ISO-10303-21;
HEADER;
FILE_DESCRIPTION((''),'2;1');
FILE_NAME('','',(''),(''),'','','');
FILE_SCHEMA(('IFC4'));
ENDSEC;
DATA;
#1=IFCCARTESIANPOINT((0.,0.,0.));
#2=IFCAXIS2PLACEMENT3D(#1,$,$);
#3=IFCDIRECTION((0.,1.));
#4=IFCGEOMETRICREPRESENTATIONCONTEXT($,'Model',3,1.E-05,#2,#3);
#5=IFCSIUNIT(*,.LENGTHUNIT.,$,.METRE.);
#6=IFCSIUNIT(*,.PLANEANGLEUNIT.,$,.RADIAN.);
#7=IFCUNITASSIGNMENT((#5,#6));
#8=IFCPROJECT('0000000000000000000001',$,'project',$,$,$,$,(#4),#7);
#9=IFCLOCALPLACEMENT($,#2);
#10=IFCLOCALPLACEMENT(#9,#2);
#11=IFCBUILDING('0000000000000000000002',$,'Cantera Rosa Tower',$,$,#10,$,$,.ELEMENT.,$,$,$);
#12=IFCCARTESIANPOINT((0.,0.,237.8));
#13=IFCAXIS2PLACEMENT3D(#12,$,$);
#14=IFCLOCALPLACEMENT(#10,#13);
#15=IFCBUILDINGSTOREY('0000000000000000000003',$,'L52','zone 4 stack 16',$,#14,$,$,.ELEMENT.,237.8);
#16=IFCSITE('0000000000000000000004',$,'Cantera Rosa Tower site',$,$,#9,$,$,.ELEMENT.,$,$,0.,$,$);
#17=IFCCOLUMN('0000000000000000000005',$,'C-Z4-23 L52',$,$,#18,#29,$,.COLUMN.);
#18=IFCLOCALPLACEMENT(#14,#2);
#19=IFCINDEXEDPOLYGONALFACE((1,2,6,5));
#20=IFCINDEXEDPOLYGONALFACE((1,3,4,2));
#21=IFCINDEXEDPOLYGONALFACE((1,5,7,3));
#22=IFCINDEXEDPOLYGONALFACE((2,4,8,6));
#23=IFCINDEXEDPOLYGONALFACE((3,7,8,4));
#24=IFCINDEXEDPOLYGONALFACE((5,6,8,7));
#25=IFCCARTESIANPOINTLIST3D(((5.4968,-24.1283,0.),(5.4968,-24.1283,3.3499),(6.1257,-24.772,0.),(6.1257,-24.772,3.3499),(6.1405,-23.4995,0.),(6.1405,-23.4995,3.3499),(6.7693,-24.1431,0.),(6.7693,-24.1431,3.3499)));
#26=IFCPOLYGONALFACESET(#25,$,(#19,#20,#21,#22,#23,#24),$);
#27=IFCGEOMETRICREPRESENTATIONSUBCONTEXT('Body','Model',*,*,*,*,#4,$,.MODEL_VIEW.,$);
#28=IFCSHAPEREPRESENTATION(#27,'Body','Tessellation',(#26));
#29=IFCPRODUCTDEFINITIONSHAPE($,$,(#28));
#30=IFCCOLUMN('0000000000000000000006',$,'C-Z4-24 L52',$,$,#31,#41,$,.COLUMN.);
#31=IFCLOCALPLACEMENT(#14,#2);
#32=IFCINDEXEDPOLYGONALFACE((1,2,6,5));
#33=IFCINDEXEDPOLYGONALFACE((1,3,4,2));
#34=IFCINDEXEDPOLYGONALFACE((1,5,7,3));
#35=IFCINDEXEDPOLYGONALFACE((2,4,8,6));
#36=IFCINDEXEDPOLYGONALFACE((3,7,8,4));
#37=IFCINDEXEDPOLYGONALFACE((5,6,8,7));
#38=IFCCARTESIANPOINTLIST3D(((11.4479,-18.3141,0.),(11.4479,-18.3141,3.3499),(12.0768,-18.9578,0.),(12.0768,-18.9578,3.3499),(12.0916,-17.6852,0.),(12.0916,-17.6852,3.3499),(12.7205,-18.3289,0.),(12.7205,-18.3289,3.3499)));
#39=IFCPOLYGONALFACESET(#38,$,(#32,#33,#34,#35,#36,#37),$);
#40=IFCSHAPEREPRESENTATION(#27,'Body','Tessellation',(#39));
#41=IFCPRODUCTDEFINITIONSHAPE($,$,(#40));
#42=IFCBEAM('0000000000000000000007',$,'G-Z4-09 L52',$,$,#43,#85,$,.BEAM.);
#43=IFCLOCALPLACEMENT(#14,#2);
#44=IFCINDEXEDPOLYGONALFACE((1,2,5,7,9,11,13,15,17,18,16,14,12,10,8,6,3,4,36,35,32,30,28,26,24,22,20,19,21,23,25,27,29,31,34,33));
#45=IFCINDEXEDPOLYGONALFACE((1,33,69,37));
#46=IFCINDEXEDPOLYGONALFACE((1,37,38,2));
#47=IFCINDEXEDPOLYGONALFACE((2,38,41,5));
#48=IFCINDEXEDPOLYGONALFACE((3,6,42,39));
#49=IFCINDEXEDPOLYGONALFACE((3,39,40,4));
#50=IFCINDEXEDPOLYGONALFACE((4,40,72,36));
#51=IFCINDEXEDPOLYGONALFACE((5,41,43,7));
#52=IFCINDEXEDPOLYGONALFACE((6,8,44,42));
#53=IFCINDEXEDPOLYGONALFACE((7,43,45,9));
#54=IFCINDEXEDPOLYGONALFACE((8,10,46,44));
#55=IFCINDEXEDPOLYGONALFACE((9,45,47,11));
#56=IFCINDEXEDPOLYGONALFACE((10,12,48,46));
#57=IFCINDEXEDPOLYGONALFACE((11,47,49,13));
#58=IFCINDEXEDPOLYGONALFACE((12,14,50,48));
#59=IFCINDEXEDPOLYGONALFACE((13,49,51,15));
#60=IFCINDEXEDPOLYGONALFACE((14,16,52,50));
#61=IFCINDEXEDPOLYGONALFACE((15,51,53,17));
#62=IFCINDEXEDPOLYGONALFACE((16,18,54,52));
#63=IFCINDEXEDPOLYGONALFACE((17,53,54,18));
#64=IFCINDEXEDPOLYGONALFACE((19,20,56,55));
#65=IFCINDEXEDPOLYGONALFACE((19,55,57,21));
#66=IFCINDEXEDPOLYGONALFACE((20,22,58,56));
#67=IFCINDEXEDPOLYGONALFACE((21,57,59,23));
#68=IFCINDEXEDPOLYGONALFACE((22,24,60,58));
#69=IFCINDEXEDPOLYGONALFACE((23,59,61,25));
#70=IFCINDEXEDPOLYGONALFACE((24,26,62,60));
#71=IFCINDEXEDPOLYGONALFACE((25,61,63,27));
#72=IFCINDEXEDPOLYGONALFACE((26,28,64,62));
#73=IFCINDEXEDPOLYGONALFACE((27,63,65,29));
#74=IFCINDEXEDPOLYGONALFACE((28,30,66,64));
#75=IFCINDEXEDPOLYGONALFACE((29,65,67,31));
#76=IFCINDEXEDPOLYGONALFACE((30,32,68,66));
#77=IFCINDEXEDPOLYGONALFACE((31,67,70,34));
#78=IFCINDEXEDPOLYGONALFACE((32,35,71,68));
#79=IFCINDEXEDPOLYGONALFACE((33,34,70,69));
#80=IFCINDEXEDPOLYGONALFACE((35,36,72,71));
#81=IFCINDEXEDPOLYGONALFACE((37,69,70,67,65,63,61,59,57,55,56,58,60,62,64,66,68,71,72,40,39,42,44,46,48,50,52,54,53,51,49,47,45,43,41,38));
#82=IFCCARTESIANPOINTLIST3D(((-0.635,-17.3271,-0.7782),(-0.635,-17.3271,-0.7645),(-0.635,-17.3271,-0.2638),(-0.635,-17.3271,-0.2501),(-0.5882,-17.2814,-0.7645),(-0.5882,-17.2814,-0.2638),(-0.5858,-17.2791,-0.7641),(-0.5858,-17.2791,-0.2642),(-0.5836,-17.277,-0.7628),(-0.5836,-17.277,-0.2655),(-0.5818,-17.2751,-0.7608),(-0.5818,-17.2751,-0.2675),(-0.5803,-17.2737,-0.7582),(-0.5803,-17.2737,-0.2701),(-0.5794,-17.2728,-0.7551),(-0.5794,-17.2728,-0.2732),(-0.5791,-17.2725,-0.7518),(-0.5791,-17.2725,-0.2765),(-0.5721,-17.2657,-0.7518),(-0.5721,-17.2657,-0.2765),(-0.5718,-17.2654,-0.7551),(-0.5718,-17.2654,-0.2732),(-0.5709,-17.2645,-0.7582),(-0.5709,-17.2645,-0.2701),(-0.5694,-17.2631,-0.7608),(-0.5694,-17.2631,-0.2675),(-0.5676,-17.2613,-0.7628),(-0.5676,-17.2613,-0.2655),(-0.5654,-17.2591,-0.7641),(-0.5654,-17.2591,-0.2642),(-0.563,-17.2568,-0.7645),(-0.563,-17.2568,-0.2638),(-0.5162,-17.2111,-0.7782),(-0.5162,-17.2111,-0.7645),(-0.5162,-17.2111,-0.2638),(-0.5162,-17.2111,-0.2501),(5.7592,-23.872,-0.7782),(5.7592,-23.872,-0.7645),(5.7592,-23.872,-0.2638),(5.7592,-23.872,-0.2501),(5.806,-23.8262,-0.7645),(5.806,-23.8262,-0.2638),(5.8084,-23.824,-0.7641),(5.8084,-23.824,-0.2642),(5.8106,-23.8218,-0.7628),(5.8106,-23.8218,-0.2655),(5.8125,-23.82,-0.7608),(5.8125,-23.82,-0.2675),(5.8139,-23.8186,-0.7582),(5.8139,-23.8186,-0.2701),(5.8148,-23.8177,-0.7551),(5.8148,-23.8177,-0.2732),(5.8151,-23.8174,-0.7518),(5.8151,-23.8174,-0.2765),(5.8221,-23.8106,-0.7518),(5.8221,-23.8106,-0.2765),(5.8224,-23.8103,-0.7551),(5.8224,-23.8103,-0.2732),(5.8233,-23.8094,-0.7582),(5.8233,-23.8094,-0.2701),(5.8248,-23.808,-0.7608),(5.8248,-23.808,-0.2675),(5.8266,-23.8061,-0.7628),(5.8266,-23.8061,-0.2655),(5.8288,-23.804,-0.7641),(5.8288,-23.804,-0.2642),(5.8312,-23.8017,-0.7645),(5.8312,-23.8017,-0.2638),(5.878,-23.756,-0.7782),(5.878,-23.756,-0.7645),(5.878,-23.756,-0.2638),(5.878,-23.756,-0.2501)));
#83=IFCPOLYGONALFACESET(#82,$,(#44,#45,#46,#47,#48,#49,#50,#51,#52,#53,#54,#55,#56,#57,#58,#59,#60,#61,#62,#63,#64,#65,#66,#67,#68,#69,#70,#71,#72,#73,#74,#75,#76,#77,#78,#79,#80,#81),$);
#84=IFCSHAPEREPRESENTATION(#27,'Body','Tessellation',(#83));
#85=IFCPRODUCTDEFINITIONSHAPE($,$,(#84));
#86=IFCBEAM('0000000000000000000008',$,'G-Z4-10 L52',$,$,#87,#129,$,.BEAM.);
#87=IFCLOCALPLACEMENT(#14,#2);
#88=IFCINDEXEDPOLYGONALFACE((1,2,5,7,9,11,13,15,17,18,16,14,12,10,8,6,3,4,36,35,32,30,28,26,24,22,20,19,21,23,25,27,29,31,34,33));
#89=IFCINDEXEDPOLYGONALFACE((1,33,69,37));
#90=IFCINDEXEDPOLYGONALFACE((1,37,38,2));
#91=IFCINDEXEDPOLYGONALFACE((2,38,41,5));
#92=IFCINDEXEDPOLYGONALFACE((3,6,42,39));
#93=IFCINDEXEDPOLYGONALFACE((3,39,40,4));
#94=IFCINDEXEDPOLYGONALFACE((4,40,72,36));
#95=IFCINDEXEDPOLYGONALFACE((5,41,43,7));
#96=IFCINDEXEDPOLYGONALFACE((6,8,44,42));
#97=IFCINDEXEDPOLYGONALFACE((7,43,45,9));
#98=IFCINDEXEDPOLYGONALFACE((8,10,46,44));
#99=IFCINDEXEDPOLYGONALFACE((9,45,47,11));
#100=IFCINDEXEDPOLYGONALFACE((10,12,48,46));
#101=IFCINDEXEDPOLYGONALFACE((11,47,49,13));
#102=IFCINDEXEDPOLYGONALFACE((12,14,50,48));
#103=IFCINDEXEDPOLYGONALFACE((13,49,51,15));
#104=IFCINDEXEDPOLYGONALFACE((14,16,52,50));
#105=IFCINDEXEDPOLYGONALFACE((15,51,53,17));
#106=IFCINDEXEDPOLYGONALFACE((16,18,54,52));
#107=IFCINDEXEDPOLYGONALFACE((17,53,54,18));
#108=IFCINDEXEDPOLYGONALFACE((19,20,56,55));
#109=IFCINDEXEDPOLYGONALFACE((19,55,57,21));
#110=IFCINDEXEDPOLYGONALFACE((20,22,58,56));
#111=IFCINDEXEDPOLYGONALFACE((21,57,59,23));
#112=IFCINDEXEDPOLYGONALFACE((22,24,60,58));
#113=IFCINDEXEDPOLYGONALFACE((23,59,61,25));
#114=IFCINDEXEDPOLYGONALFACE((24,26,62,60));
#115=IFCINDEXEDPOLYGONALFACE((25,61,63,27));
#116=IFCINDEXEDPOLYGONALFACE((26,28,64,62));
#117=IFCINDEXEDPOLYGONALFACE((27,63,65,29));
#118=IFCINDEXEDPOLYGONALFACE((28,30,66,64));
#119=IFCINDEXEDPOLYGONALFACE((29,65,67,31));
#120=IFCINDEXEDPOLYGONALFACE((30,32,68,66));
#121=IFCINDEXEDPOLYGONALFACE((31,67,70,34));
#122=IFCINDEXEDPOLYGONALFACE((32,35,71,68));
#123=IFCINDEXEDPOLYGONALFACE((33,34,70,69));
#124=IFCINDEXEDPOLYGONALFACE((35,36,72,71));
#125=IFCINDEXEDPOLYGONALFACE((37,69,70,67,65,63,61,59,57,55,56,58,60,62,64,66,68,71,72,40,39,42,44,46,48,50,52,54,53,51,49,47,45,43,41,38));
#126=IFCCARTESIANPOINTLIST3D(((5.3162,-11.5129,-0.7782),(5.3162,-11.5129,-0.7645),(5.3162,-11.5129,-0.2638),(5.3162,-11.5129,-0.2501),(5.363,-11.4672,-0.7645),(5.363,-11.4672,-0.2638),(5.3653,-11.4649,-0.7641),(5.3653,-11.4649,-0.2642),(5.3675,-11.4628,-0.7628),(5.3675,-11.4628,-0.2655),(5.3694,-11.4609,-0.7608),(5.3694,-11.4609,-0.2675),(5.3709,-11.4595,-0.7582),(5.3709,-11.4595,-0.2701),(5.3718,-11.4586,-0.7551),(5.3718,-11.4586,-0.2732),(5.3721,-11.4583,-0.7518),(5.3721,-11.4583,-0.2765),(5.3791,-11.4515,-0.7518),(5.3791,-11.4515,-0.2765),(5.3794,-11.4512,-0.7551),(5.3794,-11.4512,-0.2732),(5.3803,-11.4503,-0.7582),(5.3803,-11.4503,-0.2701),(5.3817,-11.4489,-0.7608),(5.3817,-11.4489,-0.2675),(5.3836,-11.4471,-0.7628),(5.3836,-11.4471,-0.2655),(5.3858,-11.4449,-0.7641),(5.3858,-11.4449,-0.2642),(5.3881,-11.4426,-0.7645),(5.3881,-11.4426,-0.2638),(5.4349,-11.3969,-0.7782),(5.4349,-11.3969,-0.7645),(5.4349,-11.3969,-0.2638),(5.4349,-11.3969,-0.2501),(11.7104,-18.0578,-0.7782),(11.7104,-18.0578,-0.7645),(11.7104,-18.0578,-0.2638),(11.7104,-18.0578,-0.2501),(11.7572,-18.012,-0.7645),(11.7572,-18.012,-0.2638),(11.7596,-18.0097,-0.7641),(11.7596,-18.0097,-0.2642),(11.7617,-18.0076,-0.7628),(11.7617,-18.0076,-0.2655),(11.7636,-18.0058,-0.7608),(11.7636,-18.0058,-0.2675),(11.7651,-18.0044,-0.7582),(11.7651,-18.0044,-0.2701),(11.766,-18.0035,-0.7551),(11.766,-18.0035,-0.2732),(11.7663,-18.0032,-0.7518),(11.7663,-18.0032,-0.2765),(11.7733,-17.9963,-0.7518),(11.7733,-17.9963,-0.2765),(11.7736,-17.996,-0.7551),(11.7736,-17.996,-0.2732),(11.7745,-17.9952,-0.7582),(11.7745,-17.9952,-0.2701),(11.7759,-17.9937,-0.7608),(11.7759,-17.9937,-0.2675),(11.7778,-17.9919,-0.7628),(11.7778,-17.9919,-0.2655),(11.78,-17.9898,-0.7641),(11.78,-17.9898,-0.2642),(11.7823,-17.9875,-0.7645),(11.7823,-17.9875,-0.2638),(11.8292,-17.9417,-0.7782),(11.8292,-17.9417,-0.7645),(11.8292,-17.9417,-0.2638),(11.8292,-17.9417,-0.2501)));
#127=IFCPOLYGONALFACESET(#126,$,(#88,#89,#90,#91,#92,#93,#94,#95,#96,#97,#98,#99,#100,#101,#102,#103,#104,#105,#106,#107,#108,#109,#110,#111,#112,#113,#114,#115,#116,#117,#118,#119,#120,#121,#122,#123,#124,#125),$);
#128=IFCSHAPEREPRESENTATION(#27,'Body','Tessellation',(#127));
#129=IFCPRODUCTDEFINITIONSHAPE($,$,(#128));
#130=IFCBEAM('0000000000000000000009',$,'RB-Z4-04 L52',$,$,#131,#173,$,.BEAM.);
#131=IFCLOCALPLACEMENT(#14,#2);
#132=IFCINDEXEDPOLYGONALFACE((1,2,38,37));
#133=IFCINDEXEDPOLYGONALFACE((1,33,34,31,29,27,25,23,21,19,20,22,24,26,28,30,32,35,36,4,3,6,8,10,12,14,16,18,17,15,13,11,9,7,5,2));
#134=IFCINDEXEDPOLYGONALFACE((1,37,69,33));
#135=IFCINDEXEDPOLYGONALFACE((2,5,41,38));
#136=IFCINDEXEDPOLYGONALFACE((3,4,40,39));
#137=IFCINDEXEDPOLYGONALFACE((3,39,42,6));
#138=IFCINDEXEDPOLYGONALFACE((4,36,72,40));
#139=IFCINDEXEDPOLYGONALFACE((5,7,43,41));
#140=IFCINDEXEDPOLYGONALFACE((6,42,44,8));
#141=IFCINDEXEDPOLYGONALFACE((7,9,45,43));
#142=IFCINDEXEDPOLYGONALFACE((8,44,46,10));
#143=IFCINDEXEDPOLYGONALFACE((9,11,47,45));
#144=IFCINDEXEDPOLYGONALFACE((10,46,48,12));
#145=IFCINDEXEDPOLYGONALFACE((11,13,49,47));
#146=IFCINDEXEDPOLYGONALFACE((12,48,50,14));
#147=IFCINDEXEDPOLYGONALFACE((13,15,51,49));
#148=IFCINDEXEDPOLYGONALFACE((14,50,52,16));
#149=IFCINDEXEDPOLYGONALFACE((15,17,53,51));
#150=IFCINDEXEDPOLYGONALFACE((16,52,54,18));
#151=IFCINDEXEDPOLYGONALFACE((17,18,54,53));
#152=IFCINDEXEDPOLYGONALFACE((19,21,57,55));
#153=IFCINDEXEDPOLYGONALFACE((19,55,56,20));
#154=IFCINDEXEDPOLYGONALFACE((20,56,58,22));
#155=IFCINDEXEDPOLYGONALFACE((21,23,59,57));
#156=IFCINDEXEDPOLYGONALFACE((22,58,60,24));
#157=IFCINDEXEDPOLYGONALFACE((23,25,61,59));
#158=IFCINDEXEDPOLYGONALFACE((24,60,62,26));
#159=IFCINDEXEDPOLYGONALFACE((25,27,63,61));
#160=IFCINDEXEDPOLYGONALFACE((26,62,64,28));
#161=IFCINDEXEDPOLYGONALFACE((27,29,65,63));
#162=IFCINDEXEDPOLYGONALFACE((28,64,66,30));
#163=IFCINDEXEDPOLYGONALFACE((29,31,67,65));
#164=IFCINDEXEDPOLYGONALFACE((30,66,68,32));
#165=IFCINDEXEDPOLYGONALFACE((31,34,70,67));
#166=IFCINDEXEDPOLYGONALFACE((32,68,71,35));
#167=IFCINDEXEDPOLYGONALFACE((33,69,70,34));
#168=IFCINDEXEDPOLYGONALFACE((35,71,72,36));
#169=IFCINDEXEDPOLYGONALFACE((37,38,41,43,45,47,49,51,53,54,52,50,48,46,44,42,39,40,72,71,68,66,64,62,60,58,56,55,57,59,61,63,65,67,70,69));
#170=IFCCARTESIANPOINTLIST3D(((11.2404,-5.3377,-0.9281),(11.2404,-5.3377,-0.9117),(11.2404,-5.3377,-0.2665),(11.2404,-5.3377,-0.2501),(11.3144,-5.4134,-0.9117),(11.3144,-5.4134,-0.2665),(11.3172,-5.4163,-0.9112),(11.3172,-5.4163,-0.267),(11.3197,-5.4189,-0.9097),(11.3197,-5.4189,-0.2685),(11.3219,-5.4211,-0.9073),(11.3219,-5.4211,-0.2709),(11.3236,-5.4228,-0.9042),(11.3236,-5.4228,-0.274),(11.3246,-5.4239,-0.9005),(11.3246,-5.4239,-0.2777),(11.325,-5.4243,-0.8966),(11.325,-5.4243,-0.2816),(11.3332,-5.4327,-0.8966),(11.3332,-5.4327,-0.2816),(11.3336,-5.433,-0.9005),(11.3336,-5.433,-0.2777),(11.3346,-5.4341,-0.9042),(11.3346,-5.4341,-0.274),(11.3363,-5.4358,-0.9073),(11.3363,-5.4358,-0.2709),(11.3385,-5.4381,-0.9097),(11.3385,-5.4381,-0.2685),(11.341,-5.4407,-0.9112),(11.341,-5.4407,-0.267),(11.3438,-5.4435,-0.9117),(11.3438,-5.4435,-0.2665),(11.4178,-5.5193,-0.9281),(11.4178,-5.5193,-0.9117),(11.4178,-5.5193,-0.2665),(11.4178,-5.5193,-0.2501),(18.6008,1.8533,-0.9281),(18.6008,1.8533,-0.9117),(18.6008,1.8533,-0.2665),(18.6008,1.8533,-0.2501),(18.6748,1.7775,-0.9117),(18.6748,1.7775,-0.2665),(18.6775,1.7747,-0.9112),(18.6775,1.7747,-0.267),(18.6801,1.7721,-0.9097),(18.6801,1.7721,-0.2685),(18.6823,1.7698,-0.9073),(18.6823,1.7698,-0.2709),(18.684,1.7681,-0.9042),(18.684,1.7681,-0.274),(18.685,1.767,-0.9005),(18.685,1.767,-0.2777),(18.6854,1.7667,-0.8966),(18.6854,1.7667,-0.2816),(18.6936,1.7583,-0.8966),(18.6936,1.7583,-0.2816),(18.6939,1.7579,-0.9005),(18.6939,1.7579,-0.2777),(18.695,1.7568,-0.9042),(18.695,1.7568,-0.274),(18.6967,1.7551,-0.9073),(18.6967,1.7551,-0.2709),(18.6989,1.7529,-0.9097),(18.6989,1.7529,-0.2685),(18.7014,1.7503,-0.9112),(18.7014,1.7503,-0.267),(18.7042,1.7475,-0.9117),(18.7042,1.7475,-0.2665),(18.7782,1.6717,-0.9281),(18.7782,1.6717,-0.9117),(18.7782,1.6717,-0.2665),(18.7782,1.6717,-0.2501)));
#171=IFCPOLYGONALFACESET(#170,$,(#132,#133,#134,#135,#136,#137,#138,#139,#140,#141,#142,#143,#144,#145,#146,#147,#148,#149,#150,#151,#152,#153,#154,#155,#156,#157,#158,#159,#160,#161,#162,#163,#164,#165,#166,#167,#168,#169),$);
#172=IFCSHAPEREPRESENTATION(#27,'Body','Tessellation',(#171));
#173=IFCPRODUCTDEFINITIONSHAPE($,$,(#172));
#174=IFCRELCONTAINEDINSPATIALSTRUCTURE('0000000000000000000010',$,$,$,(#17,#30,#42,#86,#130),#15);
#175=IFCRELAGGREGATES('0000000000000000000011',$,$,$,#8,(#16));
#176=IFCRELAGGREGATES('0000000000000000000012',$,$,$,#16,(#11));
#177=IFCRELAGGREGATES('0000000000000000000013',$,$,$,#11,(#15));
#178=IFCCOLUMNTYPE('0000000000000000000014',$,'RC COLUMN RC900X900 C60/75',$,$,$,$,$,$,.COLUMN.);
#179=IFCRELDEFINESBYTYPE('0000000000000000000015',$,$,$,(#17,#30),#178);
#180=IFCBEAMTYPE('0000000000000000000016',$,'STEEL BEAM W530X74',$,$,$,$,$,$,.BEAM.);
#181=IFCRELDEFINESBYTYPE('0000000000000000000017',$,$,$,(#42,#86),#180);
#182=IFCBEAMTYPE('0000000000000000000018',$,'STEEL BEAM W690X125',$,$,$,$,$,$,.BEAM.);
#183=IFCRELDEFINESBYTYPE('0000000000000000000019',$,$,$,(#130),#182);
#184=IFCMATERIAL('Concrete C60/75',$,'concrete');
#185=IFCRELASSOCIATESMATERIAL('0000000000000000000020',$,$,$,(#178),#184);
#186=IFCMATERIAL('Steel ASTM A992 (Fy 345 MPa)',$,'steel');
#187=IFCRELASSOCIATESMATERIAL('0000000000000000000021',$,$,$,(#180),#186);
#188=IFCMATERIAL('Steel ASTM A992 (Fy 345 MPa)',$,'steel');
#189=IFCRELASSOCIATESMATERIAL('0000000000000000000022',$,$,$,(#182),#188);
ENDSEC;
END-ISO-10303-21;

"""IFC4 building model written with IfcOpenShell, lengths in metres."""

from ifc_helpers import new_model, si_unit, direction, frame, origin, origin_2d, place, context, subcontext, project, spatial, rectangle, i_section, extrude, material, material_profile, profile_set, type_object, element, save


model = new_model("IFC4")

# Units and contexts
model_context = context("Model", 3, precision=1e-05, world=origin(), true_north=direction((0.0, 1.0)))
body_context = subcontext(model_context, "Body", "Model", "MODEL_VIEW")
ifc_project = project(units=[si_unit("LENGTHUNIT", "METRE"), si_unit("PLANEANGLEUNIT", "RADIAN")], contexts=[model_context])

# Site, building, storey
site_placement = place(None, origin())
site = spatial("IfcSite", under=ifc_project, at=site_placement, Name="Cantera Rosa Tower site", CompositionType="ELEMENT", RefElevation=0.0)
building_placement = place(site_placement, origin())
building = spatial("IfcBuilding", under=site, at=building_placement, Name="Cantera Rosa Tower", CompositionType="ELEMENT")
storey_placement = place(building_placement, frame((0.0, 0.0, 237.8)))
storey = spatial("IfcBuildingStorey", under=building, at=storey_placement, Name="L52", Description="zone 4 stack 16", CompositionType="ELEMENT", Elevation=237.8)

# Columns
ifc_material_1 = material(Name="Concrete C60/75", Category="concrete")
ifc_material_profile_1 = material_profile(ifc_material_1, rectangle(XDim=0.8999, YDim=0.8999, at=origin_2d()), Name="RC COLUMN RC900X900 C60/75")
ifc_profile_set_1 = profile_set([ifc_material_profile_1], Name="Concrete C60/75")
column_type = type_object("IfcColumnType", Name="RC COLUMN RC900X900 C60/75", PredefinedType="COLUMN", material=ifc_profile_set_1)
for number, where, z_axis, x_axis, name in (
    (1, (6.1331, -24.1357, 0.0), (0.0, 0.0, 1.0), (0.715286, 0.698832, 0.0), "C-Z4-23 L52"),
    (2, (12.0842, -18.3215, 0.0), (0.0, 0.0, 1.0), (0.715286, 0.698832, 0.0), "C-Z4-24 L52"),
):
    element("IfcColumn", number, at=place(storey_placement, frame(where, z_axis=z_axis, x_axis=x_axis)), inside=storey, type_object=column_type, Name=name, PredefinedType="COLUMN", context=body_context, shape_type="SweptSolid", body=[
        extrude(rectangle(XDim=0.8999, YDim=0.8999, at=origin_2d()), origin(), (0.0, 0.0, 1.0), 3.3499),
    ])

# Beams
ifc_material_2 = material(Name="Steel ASTM A992 (Fy 345 MPa)", Category="steel")
ifc_material_profile_2 = material_profile(ifc_material_2, i_section(OverallWidth=0.166, OverallDepth=0.5281, WebThickness=0.0098, FlangeThickness=0.0137, FilletRadius=0.0127, at=origin_2d()), Name="W530X74")
ifc_profile_set_2 = profile_set([ifc_material_profile_2], Name="Steel ASTM A992 (Fy 345 MPa)")
beam_type_1 = type_object("IfcBeamType", Name="STEEL BEAM W530X74", PredefinedType="BEAM", material=ifc_profile_set_2)
for number, where, z_axis, x_axis, name in (
    (3, (5.8186, -23.814, -0.5142), (-0.698827, 0.71529, 0.0), (-0.71529, -0.698827, 0.0), "G-Z4-09 L52"),
    (4, (11.7698, -17.9998, -0.5142), (-0.698827, 0.71529, 0.0), (-0.71529, -0.698827, 0.0), "G-Z4-10 L52"),
):
    element("IfcBeam", number, at=place(storey_placement, frame(where, z_axis=z_axis, x_axis=x_axis)), inside=storey, type_object=beam_type_1, Name=name, PredefinedType="BEAM", context=body_context, shape_type="SweptSolid", body=[
        extrude(i_section(OverallWidth=0.166, OverallDepth=0.5281, WebThickness=0.0098, FlangeThickness=0.0137, FilletRadius=0.0127, at=origin_2d()), origin(), (0.0, 0.0, 1.0), 9.1499),
    ])
ifc_material_3 = material(Name="Steel ASTM A992 (Fy 345 MPa)", Category="steel")
ifc_material_profile_3 = material_profile(ifc_material_3, i_section(OverallWidth=0.2539, OverallDepth=0.678, WebThickness=0.0117, FlangeThickness=0.0164, FilletRadius=0.0151, at=origin_2d()), Name="W690X125")
ifc_profile_set_3 = profile_set([ifc_material_profile_3], Name="Steel ASTM A992 (Fy 345 MPa)")
beam_type_2 = type_object("IfcBeamType", Name="STEEL BEAM W690X125", PredefinedType="BEAM", material=ifc_profile_set_3)
beam_1_placement = place(storey_placement, frame((11.3291, -5.4285, -0.5891), z_axis=(0.715292, 0.698826, 0.0), x_axis=(-0.698826, 0.715292, 0.0)))
element("IfcBeam", 5, at=beam_1_placement, inside=storey, type_object=beam_type_2, Name="RB-Z4-04 L52", PredefinedType="BEAM", context=body_context, shape_type="SweptSolid", body=[
    extrude(i_section(OverallWidth=0.2539, OverallDepth=0.678, WebThickness=0.0117, FlangeThickness=0.0164, FilletRadius=0.0151, at=origin_2d()), origin(), (0.0, 0.0, 1.0), 10.29),
])

save(model, "model.ifc")
